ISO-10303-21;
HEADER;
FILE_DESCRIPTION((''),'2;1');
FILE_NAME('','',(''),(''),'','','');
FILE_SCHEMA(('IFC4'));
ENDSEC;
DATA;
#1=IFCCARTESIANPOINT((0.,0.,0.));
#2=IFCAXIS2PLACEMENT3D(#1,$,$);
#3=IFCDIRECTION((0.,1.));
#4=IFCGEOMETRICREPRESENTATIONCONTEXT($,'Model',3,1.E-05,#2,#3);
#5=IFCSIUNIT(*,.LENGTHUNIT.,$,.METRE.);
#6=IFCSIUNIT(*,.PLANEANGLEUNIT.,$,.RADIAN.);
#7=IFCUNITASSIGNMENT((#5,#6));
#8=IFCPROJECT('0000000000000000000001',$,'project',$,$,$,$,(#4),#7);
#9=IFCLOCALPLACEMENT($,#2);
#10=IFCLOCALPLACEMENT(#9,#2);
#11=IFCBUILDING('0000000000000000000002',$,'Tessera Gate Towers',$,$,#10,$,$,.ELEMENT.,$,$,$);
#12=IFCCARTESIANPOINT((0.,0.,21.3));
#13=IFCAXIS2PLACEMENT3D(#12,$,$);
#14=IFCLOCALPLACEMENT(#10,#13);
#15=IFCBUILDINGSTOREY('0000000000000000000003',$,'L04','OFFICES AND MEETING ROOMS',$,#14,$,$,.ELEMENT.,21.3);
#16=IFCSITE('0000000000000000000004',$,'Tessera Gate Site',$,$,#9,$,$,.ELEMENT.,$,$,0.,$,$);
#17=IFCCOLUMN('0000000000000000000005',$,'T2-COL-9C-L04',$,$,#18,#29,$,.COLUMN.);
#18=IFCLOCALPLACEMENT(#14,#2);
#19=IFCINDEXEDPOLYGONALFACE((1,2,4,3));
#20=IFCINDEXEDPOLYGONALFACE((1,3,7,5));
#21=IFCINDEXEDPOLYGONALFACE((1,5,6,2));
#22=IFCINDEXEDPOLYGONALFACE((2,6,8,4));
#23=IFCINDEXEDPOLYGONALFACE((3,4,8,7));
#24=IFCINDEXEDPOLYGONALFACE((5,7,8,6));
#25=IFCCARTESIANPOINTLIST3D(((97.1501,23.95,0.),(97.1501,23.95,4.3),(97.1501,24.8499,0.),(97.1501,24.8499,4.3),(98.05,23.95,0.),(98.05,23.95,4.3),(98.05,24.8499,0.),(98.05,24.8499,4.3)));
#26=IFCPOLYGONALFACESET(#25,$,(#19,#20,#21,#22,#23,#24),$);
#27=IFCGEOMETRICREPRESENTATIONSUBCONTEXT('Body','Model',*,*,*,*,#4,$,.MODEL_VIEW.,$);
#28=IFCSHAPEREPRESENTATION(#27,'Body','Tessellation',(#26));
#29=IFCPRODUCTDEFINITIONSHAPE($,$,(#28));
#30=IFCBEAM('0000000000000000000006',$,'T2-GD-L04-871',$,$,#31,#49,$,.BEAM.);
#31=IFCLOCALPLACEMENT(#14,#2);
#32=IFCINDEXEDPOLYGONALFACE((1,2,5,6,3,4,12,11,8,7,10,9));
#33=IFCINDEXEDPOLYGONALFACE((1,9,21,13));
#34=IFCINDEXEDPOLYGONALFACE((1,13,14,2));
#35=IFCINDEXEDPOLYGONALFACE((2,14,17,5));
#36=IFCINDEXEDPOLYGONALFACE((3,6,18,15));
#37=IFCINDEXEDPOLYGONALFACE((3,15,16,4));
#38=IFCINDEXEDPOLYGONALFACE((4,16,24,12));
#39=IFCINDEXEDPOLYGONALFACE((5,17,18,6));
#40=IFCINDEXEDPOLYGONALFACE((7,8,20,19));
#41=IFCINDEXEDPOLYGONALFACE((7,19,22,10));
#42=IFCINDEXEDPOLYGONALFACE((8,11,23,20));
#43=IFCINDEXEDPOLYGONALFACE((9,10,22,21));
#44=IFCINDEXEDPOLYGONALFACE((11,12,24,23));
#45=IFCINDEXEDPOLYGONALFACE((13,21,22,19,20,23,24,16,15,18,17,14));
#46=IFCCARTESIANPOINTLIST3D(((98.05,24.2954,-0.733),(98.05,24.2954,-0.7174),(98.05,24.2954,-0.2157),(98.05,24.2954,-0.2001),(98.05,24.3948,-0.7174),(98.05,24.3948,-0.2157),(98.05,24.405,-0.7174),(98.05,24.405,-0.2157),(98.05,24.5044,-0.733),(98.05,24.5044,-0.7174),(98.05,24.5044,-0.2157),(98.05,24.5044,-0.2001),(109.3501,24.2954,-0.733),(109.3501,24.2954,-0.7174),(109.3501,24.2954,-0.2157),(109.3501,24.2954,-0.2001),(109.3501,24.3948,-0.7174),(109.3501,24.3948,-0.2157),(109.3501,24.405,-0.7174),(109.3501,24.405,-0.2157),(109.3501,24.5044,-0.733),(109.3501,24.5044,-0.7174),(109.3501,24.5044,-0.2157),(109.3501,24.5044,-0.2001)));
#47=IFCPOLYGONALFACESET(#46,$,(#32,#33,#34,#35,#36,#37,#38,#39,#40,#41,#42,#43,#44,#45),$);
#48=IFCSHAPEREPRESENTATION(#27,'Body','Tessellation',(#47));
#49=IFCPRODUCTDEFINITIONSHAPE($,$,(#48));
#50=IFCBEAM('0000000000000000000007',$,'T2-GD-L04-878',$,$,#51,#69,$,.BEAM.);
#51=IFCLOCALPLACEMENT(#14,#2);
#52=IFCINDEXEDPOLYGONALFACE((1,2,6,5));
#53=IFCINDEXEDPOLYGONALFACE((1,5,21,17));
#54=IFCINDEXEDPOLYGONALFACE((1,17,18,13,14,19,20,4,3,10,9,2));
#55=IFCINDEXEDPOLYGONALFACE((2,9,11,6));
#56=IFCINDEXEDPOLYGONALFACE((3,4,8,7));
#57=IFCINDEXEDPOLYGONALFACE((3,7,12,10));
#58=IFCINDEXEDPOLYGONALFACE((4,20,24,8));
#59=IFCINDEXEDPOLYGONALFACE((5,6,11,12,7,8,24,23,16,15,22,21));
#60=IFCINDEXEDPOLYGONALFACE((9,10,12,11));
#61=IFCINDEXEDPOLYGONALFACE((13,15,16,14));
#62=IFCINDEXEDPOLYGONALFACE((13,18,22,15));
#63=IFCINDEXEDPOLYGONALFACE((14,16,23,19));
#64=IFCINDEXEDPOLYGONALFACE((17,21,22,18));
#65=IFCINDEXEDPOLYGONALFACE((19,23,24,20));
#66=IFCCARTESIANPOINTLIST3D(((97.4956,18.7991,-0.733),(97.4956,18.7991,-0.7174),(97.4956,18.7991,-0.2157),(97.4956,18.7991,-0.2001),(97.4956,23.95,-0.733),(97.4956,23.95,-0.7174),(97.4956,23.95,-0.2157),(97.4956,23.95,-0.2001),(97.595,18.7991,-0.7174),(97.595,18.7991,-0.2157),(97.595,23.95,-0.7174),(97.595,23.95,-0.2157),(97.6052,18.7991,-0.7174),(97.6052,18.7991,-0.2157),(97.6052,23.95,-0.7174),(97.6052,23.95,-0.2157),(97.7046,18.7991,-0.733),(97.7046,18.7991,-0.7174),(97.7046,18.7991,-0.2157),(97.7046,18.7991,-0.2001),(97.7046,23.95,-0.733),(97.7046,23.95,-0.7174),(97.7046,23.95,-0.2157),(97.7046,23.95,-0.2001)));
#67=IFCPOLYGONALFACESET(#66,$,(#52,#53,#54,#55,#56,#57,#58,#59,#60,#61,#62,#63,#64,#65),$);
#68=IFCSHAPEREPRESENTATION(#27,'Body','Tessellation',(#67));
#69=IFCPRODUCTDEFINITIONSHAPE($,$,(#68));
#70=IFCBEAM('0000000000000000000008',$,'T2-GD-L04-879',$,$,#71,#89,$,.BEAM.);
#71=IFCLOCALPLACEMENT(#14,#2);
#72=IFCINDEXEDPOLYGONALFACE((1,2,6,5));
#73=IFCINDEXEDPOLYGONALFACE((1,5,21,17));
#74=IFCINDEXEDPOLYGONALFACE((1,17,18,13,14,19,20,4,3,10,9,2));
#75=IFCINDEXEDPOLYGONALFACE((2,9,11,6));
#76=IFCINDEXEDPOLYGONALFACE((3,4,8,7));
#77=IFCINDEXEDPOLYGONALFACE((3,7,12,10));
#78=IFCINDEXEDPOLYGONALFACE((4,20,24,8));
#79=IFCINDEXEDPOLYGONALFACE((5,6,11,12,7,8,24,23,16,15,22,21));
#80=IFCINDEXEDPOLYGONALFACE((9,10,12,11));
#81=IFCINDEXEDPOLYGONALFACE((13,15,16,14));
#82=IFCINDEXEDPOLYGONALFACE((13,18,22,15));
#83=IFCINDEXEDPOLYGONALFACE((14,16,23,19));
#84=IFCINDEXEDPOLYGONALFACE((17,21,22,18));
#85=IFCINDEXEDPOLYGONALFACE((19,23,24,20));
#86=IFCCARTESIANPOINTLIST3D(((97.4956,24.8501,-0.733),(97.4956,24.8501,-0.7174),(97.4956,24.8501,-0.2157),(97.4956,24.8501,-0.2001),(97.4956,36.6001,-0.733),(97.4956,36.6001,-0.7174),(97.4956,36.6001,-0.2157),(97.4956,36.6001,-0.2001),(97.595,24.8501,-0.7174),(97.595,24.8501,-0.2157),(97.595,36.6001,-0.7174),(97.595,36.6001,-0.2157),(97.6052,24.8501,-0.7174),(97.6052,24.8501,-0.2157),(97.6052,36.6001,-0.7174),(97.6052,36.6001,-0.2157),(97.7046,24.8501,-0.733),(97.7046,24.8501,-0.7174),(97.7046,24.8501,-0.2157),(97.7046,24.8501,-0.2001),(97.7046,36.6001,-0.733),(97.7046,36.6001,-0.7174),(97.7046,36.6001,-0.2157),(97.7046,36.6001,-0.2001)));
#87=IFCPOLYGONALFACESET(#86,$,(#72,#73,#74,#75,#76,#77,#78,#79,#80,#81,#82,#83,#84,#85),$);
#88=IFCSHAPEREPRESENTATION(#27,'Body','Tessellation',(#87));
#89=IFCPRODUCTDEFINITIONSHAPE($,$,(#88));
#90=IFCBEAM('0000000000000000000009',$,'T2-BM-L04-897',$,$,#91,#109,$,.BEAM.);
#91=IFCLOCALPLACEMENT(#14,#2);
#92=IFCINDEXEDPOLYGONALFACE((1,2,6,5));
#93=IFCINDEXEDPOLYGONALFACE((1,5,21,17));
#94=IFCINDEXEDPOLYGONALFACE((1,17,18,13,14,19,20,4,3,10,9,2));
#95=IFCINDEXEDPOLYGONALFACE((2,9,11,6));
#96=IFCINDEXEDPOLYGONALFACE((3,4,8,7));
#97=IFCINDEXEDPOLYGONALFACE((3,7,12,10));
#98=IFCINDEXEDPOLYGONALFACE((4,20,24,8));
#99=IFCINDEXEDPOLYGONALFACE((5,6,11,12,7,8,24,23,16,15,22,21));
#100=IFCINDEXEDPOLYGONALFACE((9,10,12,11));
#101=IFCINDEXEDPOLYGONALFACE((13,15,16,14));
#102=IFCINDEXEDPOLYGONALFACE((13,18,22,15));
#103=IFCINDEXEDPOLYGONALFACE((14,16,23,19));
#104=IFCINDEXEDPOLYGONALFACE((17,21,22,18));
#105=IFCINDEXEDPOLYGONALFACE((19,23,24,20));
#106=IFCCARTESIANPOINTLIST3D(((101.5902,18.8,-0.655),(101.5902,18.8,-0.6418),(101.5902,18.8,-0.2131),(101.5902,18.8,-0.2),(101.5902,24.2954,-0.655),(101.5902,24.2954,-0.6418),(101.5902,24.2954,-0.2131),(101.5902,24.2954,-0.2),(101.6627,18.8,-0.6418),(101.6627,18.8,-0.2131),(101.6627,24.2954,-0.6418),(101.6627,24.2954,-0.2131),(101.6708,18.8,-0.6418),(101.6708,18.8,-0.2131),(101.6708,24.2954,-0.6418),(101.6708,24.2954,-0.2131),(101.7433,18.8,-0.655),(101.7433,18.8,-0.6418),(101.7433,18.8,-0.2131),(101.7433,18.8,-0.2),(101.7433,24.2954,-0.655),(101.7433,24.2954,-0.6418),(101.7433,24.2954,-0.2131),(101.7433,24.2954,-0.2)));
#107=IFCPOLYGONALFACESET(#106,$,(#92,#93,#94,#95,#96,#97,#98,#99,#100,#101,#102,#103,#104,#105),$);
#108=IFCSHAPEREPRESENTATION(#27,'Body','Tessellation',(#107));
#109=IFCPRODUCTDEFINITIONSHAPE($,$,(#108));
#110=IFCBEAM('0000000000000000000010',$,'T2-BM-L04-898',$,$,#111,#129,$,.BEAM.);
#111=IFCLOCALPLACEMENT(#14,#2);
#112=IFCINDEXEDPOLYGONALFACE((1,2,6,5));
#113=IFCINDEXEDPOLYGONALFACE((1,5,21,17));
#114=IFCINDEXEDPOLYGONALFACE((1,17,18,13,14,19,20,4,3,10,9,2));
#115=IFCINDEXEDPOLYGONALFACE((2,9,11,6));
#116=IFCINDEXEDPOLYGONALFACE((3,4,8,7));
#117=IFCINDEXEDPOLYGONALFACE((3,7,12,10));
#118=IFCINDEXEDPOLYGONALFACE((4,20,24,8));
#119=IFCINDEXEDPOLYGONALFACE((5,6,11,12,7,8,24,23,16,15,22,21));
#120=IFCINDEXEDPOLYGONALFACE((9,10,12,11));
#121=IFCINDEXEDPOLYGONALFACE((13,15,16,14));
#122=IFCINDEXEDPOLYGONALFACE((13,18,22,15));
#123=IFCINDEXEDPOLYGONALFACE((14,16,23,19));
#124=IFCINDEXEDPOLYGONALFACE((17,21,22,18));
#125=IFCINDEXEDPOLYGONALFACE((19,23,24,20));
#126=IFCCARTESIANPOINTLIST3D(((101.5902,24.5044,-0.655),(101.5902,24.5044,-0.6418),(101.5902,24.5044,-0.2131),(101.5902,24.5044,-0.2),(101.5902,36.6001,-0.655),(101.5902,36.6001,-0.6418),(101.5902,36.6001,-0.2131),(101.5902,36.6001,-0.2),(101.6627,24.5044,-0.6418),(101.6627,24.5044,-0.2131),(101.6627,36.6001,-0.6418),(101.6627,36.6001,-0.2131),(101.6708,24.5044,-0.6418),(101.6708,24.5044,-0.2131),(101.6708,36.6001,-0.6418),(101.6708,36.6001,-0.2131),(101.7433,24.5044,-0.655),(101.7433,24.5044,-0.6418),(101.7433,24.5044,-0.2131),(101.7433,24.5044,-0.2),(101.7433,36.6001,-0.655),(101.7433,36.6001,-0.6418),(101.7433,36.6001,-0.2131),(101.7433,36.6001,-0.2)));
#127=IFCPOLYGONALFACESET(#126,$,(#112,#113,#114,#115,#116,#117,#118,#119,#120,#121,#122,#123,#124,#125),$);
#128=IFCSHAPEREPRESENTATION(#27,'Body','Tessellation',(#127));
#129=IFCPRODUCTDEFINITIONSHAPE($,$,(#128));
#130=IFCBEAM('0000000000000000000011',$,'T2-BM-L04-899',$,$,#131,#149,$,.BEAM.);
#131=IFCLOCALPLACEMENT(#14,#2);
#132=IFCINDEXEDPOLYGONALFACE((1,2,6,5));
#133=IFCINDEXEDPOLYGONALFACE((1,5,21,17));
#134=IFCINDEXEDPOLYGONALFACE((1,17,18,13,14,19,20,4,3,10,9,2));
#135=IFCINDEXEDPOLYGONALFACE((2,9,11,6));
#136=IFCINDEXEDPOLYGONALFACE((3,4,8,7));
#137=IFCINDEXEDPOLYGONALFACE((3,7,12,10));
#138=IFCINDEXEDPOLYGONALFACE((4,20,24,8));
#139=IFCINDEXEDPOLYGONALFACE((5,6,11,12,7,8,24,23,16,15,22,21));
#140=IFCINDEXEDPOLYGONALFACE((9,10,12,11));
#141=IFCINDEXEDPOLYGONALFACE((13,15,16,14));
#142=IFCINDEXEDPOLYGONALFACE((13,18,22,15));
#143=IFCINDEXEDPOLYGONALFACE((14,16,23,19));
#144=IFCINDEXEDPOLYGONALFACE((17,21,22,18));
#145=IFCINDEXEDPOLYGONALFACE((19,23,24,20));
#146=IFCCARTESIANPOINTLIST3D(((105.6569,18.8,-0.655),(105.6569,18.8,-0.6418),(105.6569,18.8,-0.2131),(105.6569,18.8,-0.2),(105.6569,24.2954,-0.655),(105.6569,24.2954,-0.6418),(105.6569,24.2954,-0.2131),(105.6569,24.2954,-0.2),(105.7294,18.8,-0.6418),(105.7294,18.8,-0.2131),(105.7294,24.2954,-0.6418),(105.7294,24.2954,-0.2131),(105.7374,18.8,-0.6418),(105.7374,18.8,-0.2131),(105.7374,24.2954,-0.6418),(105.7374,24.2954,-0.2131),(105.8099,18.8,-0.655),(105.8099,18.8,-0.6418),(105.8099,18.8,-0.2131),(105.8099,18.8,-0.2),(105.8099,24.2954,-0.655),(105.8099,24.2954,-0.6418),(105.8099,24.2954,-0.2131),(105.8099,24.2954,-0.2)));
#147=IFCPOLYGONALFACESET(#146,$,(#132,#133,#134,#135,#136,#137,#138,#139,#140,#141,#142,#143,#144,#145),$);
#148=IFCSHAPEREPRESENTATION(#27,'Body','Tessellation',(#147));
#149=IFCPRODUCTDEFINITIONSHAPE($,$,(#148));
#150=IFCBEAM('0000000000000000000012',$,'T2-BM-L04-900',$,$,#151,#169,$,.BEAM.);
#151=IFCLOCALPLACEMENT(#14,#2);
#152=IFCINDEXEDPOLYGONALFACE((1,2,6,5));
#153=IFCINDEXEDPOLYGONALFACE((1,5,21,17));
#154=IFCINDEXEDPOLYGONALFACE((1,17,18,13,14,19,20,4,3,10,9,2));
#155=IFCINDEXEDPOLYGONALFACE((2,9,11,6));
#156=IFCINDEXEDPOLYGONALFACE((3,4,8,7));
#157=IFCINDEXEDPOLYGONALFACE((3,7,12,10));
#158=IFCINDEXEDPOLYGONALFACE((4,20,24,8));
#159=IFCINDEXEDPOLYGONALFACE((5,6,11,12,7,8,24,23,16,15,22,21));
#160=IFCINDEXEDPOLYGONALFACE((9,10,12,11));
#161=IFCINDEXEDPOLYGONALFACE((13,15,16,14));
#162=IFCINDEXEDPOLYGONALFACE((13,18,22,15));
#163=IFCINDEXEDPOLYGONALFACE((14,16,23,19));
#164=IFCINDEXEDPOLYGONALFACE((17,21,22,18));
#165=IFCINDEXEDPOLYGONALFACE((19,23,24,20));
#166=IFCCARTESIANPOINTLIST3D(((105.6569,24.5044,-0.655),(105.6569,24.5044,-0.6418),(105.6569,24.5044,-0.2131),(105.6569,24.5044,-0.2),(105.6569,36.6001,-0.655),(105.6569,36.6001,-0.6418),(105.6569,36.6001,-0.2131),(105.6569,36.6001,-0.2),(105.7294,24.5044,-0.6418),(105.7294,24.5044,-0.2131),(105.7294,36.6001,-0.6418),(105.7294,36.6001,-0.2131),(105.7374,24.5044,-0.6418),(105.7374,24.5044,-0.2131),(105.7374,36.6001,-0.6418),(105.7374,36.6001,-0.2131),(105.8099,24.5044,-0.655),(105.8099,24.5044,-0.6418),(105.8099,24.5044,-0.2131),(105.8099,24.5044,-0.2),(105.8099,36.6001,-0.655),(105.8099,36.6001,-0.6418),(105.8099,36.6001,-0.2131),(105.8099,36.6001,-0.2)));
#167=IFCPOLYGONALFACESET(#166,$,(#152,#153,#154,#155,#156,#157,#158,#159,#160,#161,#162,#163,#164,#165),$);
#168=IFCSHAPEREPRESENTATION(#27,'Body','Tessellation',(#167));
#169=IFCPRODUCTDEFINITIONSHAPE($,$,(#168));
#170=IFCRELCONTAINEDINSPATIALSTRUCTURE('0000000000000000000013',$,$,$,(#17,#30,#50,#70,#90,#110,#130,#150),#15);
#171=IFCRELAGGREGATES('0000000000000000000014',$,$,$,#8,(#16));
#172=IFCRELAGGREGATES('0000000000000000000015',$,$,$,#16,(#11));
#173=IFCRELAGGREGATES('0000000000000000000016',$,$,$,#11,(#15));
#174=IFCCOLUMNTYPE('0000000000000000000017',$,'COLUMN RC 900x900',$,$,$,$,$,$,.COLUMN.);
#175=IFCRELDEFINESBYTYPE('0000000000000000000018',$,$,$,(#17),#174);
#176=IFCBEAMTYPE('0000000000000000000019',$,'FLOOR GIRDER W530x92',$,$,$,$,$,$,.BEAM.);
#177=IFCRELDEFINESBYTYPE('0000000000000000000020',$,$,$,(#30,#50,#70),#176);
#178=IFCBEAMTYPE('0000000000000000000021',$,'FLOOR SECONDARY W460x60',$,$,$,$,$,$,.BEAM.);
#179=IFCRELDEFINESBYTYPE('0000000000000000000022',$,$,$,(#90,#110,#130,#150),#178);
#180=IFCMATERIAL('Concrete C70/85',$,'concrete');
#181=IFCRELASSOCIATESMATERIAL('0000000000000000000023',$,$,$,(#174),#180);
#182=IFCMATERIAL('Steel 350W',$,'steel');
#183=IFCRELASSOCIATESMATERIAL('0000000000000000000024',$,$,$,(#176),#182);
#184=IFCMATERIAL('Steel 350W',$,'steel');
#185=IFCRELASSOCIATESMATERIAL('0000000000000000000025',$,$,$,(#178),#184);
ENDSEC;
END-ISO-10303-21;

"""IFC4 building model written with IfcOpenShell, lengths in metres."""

from ifc_helpers import new_model, si_unit, direction, frame, origin, origin_2d, place, context, subcontext, project, spatial, rectangle, i_section, extrude, material, material_profile, profile_set, type_object, element, save


model = new_model("IFC4")

# Units and contexts
model_context = context("Model", 3, precision=1e-05, world=origin(), true_north=direction((0.0, 1.0)))
body_context = subcontext(model_context, "Body", "Model", "MODEL_VIEW")
ifc_project = project(units=[si_unit("LENGTHUNIT", "METRE"), si_unit("PLANEANGLEUNIT", "RADIAN")], contexts=[model_context])

# Site, building, storey
site_placement = place(None, origin())
site = spatial("IfcSite", under=ifc_project, at=site_placement, Name="Tessera Gate Site", CompositionType="ELEMENT", RefElevation=0.0)
building_placement = place(site_placement, origin())
building = spatial("IfcBuilding", under=site, at=building_placement, Name="Tessera Gate Towers", CompositionType="ELEMENT")
storey_placement = place(building_placement, frame((0.0, 0.0, 21.3)))
storey = spatial("IfcBuildingStorey", under=building, at=storey_placement, Name="L04", Description="OFFICES AND MEETING ROOMS", CompositionType="ELEMENT", Elevation=21.3)

# Column
ifc_material_1 = material(Name="Concrete C70/85", Category="concrete")
ifc_material_profile_1 = material_profile(ifc_material_1, rectangle(XDim=0.8999, YDim=0.8999, at=origin_2d()), Name="RC 900x900")
ifc_profile_set_1 = profile_set([ifc_material_profile_1], Name="Concrete C70/85")
column_type = type_object("IfcColumnType", Name="COLUMN RC 900x900", PredefinedType="COLUMN", material=ifc_profile_set_1)
column_placement = place(storey_placement, frame((97.6001, 24.3999, 0.0), z_axis=(0.0, 0.0, 1.0), x_axis=(1.0, 0.0, 0.0)))
element("IfcColumn", 1, at=column_placement, inside=storey, type_object=column_type, Name="T2-COL-9C-L04", PredefinedType="COLUMN", context=body_context, shape_type="SweptSolid", body=[
    extrude(rectangle(XDim=0.8999, YDim=0.8999, at=origin_2d()), origin(), (0.0, 0.0, 1.0), 4.3),
])

# Beams
ifc_material_2 = material(Name="Steel 350W", Category="steel")
ifc_material_profile_2 = material_profile(ifc_material_2, i_section(OverallWidth=0.209, OverallDepth=0.533, WebThickness=0.0103, FlangeThickness=0.0156, at=origin_2d()), Name="W530x92")
ifc_profile_set_2 = profile_set([ifc_material_profile_2], Name="Steel 350W")
beam_type_1 = type_object("IfcBeamType", Name="FLOOR GIRDER W530x92", PredefinedType="BEAM", material=ifc_profile_set_2)
beam_1_placement = place(storey_placement, frame((98.05, 24.3999, -0.4666), z_axis=(1.0, 0.0, 0.0), x_axis=(0.0, 1.0, 0.0)))
element("IfcBeam", 2, at=beam_1_placement, inside=storey, type_object=beam_type_1, Name="T2-GD-L04-871", PredefinedType="BEAM", context=body_context, shape_type="SweptSolid", body=[
    extrude(i_section(OverallWidth=0.209, OverallDepth=0.533, WebThickness=0.0103, FlangeThickness=0.0156, at=origin_2d()), origin(), (0.0, 0.0, 1.0), 11.3),
])
beam_2_placement = place(storey_placement, frame((97.6001, 18.7991, -0.4666), z_axis=(0.0, 1.0, 0.0), x_axis=(-1.0, 0.0, 0.0)))
element("IfcBeam", 3, at=beam_2_placement, inside=storey, type_object=beam_type_1, Name="T2-GD-L04-878", PredefinedType="BEAM", context=body_context, shape_type="SweptSolid", body=[
    extrude(i_section(OverallWidth=0.209, OverallDepth=0.533, WebThickness=0.0103, FlangeThickness=0.0156, at=origin_2d()), origin(), (0.0, 0.0, 1.0), 5.1509),
])
beam_3_placement = place(storey_placement, frame((97.6001, 24.8501, -0.4666), z_axis=(0.0, 1.0, 0.0), x_axis=(-1.0, 0.0, 0.0)))
element("IfcBeam", 4, at=beam_3_placement, inside=storey, type_object=beam_type_1, Name="T2-GD-L04-879", PredefinedType="BEAM", context=body_context, shape_type="SweptSolid", body=[
    extrude(i_section(OverallWidth=0.209, OverallDepth=0.533, WebThickness=0.0103, FlangeThickness=0.0156, at=origin_2d()), origin(), (0.0, 0.0, 1.0), 11.75),
])
ifc_material_3 = material(Name="Steel 350W", Category="steel")
ifc_material_profile_3 = material_profile(ifc_material_3, i_section(OverallWidth=0.1531, OverallDepth=0.4551, WebThickness=0.0081, FlangeThickness=0.0132, at=origin_2d()), Name="W460x60")
ifc_profile_set_3 = profile_set([ifc_material_profile_3], Name="Steel 350W")
beam_type_2 = type_object("IfcBeamType", Name="FLOOR SECONDARY W460x60", PredefinedType="BEAM", material=ifc_profile_set_3)
beam_4_placement = place(storey_placement, frame((101.6667, 18.8, -0.4275), z_axis=(0.0, 1.0, 0.0), x_axis=(-1.0, 0.0, 0.0)))
element("IfcBeam", 5, at=beam_4_placement, inside=storey, type_object=beam_type_2, Name="T2-BM-L04-897", PredefinedType="BEAM", context=body_context, shape_type="SweptSolid", body=[
    extrude(i_section(OverallWidth=0.1531, OverallDepth=0.4551, WebThickness=0.0081, FlangeThickness=0.0132, at=origin_2d()), origin(), (0.0, 0.0, 1.0), 5.4954),
])
beam_5_placement = place(storey_placement, frame((101.6667, 24.5044, -0.4275), z_axis=(0.0, 1.0, 0.0), x_axis=(-1.0, 0.0, 0.0)))
element("IfcBeam", 6, at=beam_5_placement, inside=storey, type_object=beam_type_2, Name="T2-BM-L04-898", PredefinedType="BEAM", context=body_context, shape_type="SweptSolid", body=[
    extrude(i_section(OverallWidth=0.1531, OverallDepth=0.4551, WebThickness=0.0081, FlangeThickness=0.0132, at=origin_2d()), origin(), (0.0, 0.0, 1.0), 12.0957),
])
beam_6_placement = place(storey_placement, frame((105.7334, 18.8, -0.4275), z_axis=(0.0, 1.0, 0.0), x_axis=(-1.0, 0.0, 0.0)))
element("IfcBeam", 7, at=beam_6_placement, inside=storey, type_object=beam_type_2, Name="T2-BM-L04-899", PredefinedType="BEAM", context=body_context, shape_type="SweptSolid", body=[
    extrude(i_section(OverallWidth=0.1531, OverallDepth=0.4551, WebThickness=0.0081, FlangeThickness=0.0132, at=origin_2d()), origin(), (0.0, 0.0, 1.0), 5.4954),
])
beam_7_placement = place(storey_placement, frame((105.7334, 24.5044, -0.4275), z_axis=(0.0, 1.0, 0.0), x_axis=(-1.0, 0.0, 0.0)))
element("IfcBeam", 8, at=beam_7_placement, inside=storey, type_object=beam_type_2, Name="T2-BM-L04-900", PredefinedType="BEAM", context=body_context, shape_type="SweptSolid", body=[
    extrude(i_section(OverallWidth=0.1531, OverallDepth=0.4551, WebThickness=0.0081, FlangeThickness=0.0132, at=origin_2d()), origin(), (0.0, 0.0, 1.0), 12.0957),
])

save(model, "model.ifc")
